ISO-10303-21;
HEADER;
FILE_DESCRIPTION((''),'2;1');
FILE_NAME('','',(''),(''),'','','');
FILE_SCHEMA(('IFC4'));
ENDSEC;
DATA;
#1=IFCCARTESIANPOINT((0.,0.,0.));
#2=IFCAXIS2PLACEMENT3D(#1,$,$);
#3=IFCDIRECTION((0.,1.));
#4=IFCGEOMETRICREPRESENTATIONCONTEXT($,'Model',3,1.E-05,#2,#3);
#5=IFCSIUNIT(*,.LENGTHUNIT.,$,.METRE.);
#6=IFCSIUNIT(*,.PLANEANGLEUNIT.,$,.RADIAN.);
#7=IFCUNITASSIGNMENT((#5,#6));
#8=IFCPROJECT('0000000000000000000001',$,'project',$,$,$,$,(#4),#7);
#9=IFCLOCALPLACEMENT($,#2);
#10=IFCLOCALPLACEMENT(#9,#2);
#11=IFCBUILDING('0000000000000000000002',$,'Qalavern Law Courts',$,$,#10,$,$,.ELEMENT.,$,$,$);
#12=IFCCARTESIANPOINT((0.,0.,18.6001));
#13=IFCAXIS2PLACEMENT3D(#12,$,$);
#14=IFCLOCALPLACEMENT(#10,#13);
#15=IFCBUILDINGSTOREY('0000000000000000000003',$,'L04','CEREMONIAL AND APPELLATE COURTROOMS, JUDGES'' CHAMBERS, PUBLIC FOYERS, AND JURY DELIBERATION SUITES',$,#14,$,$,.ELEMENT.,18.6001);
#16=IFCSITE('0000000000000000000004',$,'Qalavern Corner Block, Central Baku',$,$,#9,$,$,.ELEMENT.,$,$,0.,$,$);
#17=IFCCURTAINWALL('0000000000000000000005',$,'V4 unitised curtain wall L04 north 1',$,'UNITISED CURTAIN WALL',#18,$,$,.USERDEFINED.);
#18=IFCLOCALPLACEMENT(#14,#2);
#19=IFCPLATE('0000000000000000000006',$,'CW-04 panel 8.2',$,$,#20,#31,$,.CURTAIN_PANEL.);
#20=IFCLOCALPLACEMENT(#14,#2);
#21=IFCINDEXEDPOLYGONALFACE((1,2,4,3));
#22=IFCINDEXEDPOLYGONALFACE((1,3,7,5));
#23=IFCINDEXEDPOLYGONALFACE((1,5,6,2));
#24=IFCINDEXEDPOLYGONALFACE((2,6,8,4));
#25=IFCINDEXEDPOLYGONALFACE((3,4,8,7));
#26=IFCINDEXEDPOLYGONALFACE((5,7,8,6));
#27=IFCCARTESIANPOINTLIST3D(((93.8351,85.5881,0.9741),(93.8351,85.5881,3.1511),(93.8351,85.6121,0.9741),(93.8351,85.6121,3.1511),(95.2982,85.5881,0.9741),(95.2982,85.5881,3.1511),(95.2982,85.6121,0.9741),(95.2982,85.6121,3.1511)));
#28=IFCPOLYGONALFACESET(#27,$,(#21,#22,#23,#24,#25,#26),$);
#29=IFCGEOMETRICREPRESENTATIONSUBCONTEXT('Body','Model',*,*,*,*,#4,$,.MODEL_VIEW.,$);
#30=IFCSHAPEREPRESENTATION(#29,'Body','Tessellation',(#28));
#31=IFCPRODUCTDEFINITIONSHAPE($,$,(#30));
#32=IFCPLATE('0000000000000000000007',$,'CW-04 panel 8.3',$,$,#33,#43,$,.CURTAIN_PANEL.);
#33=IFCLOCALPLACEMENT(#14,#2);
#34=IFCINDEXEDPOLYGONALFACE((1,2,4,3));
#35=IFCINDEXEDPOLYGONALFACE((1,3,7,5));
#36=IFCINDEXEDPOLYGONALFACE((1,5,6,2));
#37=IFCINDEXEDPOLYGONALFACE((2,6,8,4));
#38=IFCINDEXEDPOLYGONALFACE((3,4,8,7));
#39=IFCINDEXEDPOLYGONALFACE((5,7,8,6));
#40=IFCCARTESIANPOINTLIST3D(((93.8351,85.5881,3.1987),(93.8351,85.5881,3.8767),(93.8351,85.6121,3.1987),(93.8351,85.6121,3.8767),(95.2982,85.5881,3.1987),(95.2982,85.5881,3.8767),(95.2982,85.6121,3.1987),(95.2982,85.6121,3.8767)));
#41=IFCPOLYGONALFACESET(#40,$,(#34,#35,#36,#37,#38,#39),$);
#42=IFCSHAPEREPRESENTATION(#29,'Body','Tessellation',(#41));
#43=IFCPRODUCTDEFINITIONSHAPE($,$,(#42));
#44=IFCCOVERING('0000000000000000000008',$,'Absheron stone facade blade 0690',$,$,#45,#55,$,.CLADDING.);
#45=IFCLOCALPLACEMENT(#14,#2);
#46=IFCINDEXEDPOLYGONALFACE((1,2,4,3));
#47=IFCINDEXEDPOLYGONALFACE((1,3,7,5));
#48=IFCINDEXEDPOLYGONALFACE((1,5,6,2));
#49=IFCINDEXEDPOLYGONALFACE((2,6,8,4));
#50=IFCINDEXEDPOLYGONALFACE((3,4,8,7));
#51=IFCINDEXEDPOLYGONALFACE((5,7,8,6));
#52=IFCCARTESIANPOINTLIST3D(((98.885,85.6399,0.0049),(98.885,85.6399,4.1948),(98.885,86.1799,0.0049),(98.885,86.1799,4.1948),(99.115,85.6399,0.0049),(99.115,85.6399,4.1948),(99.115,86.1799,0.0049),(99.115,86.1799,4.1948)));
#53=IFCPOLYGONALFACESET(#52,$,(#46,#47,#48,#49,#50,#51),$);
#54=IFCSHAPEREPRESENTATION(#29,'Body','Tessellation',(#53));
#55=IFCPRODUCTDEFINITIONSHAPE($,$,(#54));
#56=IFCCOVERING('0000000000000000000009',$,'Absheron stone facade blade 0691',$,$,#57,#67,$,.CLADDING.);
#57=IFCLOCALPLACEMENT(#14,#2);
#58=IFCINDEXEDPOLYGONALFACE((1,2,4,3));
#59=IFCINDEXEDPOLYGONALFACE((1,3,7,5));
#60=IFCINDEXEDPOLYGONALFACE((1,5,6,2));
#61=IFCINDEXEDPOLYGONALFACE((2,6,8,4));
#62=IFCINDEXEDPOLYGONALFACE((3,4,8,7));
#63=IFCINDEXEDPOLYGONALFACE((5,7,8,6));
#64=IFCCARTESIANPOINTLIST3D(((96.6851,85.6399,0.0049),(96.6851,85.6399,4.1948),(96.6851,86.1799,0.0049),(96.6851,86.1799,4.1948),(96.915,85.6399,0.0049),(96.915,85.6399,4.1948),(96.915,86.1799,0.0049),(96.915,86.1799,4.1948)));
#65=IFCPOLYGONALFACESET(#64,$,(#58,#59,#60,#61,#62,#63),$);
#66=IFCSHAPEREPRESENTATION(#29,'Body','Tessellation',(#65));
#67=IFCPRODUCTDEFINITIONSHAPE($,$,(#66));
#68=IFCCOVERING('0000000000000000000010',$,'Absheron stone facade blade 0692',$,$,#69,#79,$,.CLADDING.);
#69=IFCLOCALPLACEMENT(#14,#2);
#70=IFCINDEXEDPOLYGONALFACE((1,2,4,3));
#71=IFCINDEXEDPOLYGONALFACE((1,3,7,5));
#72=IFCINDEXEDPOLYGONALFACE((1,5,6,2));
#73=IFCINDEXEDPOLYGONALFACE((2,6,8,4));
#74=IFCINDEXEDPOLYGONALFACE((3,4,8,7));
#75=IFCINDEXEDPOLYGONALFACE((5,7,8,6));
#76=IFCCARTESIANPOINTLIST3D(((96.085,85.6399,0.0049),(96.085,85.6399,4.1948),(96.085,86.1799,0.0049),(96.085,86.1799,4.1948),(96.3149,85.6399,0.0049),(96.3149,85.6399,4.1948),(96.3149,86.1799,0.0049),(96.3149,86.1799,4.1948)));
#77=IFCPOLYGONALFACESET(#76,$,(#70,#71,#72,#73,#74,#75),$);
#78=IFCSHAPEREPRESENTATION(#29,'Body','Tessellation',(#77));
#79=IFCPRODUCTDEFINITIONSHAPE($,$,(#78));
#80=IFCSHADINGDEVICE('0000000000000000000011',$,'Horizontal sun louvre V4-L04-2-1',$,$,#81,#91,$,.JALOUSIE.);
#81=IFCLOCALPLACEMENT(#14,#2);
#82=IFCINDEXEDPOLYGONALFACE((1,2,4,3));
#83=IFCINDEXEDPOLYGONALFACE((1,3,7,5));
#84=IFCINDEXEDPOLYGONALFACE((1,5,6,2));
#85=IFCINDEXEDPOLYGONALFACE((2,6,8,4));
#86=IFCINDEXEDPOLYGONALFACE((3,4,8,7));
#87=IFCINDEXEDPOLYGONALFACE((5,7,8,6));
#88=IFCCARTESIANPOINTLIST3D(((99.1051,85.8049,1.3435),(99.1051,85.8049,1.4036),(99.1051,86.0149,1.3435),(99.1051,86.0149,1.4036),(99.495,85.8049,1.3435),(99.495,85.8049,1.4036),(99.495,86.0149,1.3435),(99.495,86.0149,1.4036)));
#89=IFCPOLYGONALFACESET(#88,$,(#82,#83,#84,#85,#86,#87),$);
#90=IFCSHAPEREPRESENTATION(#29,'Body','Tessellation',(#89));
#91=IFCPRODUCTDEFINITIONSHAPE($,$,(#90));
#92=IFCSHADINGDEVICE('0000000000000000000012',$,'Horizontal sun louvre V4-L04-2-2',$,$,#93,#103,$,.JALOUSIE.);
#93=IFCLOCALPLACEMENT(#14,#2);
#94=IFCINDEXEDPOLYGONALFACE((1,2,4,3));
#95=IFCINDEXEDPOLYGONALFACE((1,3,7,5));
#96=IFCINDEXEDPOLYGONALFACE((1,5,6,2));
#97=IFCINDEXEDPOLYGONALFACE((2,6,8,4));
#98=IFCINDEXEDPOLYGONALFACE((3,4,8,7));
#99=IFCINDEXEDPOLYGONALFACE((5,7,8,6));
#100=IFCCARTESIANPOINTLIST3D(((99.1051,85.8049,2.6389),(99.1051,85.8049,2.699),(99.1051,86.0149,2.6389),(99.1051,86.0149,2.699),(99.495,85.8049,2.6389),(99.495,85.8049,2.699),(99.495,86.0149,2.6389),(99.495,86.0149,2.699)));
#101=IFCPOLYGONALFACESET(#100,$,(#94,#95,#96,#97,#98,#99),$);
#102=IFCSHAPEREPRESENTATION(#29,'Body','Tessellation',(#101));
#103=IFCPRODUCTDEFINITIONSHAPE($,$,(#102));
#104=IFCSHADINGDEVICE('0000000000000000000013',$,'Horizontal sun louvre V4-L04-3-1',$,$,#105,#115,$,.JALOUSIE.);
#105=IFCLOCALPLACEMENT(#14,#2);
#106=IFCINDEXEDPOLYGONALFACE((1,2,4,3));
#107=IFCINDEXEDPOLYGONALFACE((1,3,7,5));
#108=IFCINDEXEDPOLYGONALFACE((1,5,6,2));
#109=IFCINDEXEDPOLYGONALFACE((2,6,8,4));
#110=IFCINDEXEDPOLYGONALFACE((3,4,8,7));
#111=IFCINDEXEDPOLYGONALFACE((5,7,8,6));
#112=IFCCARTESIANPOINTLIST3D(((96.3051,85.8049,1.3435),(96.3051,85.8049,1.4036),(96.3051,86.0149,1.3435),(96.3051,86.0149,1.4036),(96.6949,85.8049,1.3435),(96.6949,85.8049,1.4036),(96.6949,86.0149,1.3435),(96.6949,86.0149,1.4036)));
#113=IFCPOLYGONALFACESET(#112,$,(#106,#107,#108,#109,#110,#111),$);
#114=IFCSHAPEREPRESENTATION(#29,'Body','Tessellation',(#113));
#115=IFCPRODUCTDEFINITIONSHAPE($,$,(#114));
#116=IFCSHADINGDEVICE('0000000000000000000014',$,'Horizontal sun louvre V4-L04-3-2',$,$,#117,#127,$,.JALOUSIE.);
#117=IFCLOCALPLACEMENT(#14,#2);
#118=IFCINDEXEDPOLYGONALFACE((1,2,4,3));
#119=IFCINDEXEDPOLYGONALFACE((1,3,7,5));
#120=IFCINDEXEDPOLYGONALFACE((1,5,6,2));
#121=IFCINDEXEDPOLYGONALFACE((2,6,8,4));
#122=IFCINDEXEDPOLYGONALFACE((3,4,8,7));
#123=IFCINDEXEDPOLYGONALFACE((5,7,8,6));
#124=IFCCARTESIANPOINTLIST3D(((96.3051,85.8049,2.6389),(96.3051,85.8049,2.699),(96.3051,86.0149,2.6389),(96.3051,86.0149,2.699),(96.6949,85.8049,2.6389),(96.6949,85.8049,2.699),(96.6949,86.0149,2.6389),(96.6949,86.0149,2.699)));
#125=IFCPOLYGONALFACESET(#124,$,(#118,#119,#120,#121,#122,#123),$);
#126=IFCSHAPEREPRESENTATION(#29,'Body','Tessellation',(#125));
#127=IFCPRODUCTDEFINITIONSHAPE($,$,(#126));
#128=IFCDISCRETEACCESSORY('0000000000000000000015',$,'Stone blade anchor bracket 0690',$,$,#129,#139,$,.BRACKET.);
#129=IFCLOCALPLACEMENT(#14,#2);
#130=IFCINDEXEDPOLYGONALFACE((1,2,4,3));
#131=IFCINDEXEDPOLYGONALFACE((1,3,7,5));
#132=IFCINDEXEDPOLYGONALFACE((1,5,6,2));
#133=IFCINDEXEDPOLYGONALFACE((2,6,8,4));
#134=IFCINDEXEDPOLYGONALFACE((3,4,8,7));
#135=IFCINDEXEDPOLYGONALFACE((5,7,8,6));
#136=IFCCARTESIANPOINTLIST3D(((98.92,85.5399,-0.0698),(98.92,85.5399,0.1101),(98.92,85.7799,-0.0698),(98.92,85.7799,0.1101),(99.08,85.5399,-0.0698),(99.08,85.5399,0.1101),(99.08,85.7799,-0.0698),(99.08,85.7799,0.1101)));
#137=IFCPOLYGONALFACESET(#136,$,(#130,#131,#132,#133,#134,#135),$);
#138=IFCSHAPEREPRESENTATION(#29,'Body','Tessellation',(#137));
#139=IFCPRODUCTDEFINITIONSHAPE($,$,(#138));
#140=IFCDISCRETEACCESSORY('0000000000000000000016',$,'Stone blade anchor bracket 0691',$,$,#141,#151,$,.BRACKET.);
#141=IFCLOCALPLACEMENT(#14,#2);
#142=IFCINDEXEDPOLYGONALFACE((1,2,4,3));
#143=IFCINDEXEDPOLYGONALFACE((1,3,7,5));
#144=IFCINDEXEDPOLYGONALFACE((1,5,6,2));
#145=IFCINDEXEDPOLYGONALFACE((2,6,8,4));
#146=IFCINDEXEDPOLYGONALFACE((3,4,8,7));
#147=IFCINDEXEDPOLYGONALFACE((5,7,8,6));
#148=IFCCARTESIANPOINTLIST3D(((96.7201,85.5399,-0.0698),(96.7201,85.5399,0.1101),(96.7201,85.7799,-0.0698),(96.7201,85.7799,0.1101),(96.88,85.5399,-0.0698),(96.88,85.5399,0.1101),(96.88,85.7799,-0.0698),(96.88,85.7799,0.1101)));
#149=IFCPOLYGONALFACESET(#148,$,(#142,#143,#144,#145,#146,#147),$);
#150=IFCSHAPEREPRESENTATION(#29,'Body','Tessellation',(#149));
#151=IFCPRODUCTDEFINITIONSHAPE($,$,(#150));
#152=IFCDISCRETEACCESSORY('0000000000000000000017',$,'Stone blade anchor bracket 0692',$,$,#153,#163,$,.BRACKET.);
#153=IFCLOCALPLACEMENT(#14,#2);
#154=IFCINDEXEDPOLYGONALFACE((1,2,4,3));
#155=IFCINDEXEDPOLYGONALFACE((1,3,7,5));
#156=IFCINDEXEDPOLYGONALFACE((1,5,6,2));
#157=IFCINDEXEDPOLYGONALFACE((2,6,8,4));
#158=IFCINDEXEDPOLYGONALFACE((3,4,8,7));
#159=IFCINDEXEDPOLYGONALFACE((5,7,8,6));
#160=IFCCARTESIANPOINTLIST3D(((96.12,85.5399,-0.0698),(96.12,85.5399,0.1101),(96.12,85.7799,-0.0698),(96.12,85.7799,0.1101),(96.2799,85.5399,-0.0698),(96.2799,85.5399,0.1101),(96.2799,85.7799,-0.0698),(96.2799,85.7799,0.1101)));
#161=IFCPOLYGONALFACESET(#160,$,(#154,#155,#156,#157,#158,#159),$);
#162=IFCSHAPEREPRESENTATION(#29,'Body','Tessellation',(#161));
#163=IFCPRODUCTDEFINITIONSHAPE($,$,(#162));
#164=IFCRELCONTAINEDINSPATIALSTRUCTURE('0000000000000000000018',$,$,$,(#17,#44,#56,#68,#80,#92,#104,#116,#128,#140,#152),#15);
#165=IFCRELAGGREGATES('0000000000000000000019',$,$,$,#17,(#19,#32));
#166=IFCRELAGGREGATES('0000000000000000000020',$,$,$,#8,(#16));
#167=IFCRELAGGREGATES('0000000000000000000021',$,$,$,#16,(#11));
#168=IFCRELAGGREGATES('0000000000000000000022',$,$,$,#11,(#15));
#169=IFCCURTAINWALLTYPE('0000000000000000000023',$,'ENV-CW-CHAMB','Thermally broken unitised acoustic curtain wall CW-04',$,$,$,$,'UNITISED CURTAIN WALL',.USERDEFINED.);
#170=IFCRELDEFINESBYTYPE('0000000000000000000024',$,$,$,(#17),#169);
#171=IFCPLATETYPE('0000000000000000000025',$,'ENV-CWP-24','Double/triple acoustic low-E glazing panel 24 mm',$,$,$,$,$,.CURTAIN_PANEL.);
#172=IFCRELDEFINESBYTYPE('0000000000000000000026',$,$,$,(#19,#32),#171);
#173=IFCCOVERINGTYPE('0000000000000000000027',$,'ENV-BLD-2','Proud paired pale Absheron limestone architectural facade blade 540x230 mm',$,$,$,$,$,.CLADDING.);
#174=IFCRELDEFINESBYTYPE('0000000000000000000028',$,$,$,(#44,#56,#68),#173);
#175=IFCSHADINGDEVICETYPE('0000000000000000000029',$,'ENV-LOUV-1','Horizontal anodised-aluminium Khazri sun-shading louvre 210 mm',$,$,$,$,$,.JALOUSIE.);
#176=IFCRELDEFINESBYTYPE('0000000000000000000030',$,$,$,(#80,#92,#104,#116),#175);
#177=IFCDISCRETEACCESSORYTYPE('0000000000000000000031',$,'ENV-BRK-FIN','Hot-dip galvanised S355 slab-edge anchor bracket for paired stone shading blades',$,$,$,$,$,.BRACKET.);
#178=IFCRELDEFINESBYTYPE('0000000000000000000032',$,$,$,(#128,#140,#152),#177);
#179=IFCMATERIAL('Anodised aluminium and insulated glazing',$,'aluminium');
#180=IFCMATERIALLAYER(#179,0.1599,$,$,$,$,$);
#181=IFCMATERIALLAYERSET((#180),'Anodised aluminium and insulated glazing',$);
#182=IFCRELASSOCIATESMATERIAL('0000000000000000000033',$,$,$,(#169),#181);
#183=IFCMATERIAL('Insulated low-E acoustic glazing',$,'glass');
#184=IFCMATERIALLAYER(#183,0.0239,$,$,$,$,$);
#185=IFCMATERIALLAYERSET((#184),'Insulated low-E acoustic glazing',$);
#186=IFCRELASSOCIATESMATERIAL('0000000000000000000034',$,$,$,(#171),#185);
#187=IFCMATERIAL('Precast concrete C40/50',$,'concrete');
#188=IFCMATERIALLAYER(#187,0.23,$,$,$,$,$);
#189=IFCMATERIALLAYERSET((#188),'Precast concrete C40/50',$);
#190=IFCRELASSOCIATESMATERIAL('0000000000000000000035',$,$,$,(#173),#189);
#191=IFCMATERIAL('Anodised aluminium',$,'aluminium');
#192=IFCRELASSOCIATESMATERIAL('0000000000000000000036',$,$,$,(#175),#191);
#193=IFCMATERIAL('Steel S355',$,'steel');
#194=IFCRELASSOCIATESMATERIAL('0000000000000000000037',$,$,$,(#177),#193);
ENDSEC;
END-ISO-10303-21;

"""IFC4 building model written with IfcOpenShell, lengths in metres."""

from ifc_helpers import new_model, si_unit, direction, frame, origin, origin_2d, place, context, subcontext, project, spatial, rectangle, extrude, material, layer, layer_set, type_object, element, aggregate, save


model = new_model("IFC4")

# Units and contexts
model_context = context("Model", 3, precision=1e-05, world=origin(), true_north=direction((0.0, 1.0)))
body_context = subcontext(model_context, "Body", "Model", "MODEL_VIEW")
ifc_project = project(units=[si_unit("LENGTHUNIT", "METRE"), si_unit("PLANEANGLEUNIT", "RADIAN")], contexts=[model_context])

# Site, building, storey
site_placement = place(None, origin())
site = spatial("IfcSite", under=ifc_project, at=site_placement, Name="Qalavern Corner Block, Central Baku", CompositionType="ELEMENT", RefElevation=0.0)
building_placement = place(site_placement, origin())
building = spatial("IfcBuilding", under=site, at=building_placement, Name="Qalavern Law Courts", CompositionType="ELEMENT")
storey_placement = place(building_placement, frame((0.0, 0.0, 18.6001)))
storey = spatial("IfcBuildingStorey", under=building, at=storey_placement, Name="L04", Description="CEREMONIAL AND APPELLATE COURTROOMS, JUDGES' CHAMBERS, PUBLIC FOYERS, AND JURY DELIBERATION SUITES", CompositionType="ELEMENT", Elevation=18.6001)

# Curtain wall, plates
ifc_material_1 = material(Name="Anodised aluminium and insulated glazing", Category="aluminium")
ifc_layer_1 = layer(ifc_material_1, 0.1599)
ifc_layer_set_1 = layer_set([ifc_layer_1], Name="Anodised aluminium and insulated glazing")
curtain_wall_type = type_object("IfcCurtainWallType", Name="ENV-CW-CHAMB", Description="Thermally broken unitised acoustic curtain wall CW-04", ElementType="UNITISED CURTAIN WALL", PredefinedType="USERDEFINED", material=ifc_layer_set_1)
curtain_wall_placement = place(storey_placement, origin())
curtain_wall = element("IfcCurtainWall", 1, at=curtain_wall_placement, inside=storey, type_object=curtain_wall_type, Name="V4 unitised curtain wall L04 north 1", ObjectType="UNITISED CURTAIN WALL", PredefinedType="USERDEFINED")
ifc_material_2 = material(Name="Anodised aluminium", Category="aluminium")
ifc_material_3 = material(Name="Insulated low-E acoustic glazing", Category="glass")
ifc_layer_2 = layer(ifc_material_3, 0.0239)
ifc_layer_set_2 = layer_set([ifc_layer_2], Name="Insulated low-E acoustic glazing")
plate_type = type_object("IfcPlateType", Name="ENV-CWP-24", Description="Double/triple acoustic low-E glazing panel 24 mm", PredefinedType="CURTAIN_PANEL", material=ifc_layer_set_2)
plate_1_placement = place(storey_placement, frame((94.5667, 85.6001, 0.9741), z_axis=(0.0, 0.0, 1.0), x_axis=(-1.0, 0.0, 0.0)))
plate_1 = element("IfcPlate", 2, at=plate_1_placement, type_object=plate_type, Name="CW-04 panel 8.2", PredefinedType="CURTAIN_PANEL", context=body_context, shape_type="SweptSolid", body=[
    extrude(rectangle(XDim=1.4631, YDim=0.0239, at=origin_2d()), origin(), (0.0, 0.0, 1.0), 2.177),
])
plate_2_placement = place(storey_placement, frame((94.5667, 85.6001, 3.1987), z_axis=(0.0, 0.0, 1.0), x_axis=(-1.0, 0.0, 0.0)))
plate_2 = element("IfcPlate", 3, at=plate_2_placement, type_object=plate_type, Name="CW-04 panel 8.3", PredefinedType="CURTAIN_PANEL", context=body_context, shape_type="SweptSolid", body=[
    extrude(rectangle(XDim=1.4631, YDim=0.0239, at=origin_2d()), origin(), (0.0, 0.0, 1.0), 0.678),
])
aggregate(curtain_wall, [plate_1, plate_2])

# Coverings
ifc_material_4 = material(Name="Precast concrete C40/50", Category="concrete")
ifc_layer_3 = layer(ifc_material_4, 0.23)
ifc_layer_set_3 = layer_set([ifc_layer_3], Name="Precast concrete C40/50")
covering_type = type_object("IfcCoveringType", Name="ENV-BLD-2", Description="Proud paired pale Absheron limestone architectural facade blade 540x230 mm", PredefinedType="CLADDING", material=ifc_layer_set_3)
for number, where, z_axis, x_axis, name in (
    (4, (99.0, 85.9099, 0.0049), (0.0, 0.0, 1.0), (0.0, 1.0, 0.0), "Absheron stone facade blade 0690"),
    (5, (96.8, 85.9099, 0.0049), (0.0, 0.0, 1.0), (0.0, 1.0, 0.0), "Absheron stone facade blade 0691"),
    (6, (96.2, 85.9099, 0.0049), (0.0, 0.0, 1.0), (0.0, 1.0, 0.0), "Absheron stone facade blade 0692"),
):
    element("IfcCovering", number, at=place(storey_placement, frame(where, z_axis=z_axis, x_axis=x_axis)), inside=storey, type_object=covering_type, Name=name, PredefinedType="CLADDING", context=body_context, shape_type="SweptSolid", body=[
        extrude(rectangle(XDim=0.54, YDim=0.23, at=origin_2d()), origin(), (0.0, 0.0, 1.0), 4.1899),
    ])

# Shading devices
shading_device_type = type_object("IfcShadingDeviceType", Name="ENV-LOUV-1", Description="Horizontal anodised-aluminium Khazri sun-shading louvre 210 mm", PredefinedType="JALOUSIE", material=ifc_material_2)
for number, where, z_axis, x_axis, name in (
    (7, (99.3, 85.9099, 1.3435), (0.0, 0.0, 1.0), (-1.0, 0.0, 0.0), "Horizontal sun louvre V4-L04-2-1"),
    (8, (99.3, 85.9099, 2.6389), (0.0, 0.0, 1.0), (-1.0, 0.0, 0.0), "Horizontal sun louvre V4-L04-2-2"),
    (9, (96.5, 85.9099, 1.3435), (0.0, 0.0, 1.0), (-1.0, 0.0, 0.0), "Horizontal sun louvre V4-L04-3-1"),
    (10, (96.5, 85.9099, 2.6389), (0.0, 0.0, 1.0), (-1.0, 0.0, 0.0), "Horizontal sun louvre V4-L04-3-2"),
):
    element("IfcShadingDevice", number, at=place(storey_placement, frame(where, z_axis=z_axis, x_axis=x_axis)), inside=storey, type_object=shading_device_type, Name=name, PredefinedType="JALOUSIE", context=body_context, shape_type="SweptSolid", body=[
        extrude(rectangle(XDim=0.3899, YDim=0.21, at=origin_2d()), origin(), (0.0, 0.0, 1.0), 0.0601),
    ])

# Discrete accessories
ifc_material_5 = material(Name="Steel S355", Category="steel")
discrete_accessory_type = type_object("IfcDiscreteAccessoryType", Name="ENV-BRK-FIN", Description="Hot-dip galvanised S355 slab-edge anchor bracket for paired stone shading blades", PredefinedType="BRACKET", material=ifc_material_5)
for number, where, z_axis, x_axis, name in (
    (11, (99.0, 85.6599, -0.0698), (0.0, 0.0, 1.0), (0.0, 1.0, 0.0), "Stone blade anchor bracket 0690"),
    (12, (96.8, 85.6599, -0.0698), (0.0, 0.0, 1.0), (0.0, 1.0, 0.0), "Stone blade anchor bracket 0691"),
    (13, (96.2, 85.6599, -0.0698), (0.0, 0.0, 1.0), (0.0, 1.0, 0.0), "Stone blade anchor bracket 0692"),
):
    element("IfcDiscreteAccessory", number, at=place(storey_placement, frame(where, z_axis=z_axis, x_axis=x_axis)), inside=storey, type_object=discrete_accessory_type, Name=name, PredefinedType="BRACKET", context=body_context, shape_type="SweptSolid", body=[
        extrude(rectangle(XDim=0.24, YDim=0.1599, at=origin_2d()), origin(), (0.0, 0.0, 1.0), 0.1799),
    ])

save(model, "model.ifc")
